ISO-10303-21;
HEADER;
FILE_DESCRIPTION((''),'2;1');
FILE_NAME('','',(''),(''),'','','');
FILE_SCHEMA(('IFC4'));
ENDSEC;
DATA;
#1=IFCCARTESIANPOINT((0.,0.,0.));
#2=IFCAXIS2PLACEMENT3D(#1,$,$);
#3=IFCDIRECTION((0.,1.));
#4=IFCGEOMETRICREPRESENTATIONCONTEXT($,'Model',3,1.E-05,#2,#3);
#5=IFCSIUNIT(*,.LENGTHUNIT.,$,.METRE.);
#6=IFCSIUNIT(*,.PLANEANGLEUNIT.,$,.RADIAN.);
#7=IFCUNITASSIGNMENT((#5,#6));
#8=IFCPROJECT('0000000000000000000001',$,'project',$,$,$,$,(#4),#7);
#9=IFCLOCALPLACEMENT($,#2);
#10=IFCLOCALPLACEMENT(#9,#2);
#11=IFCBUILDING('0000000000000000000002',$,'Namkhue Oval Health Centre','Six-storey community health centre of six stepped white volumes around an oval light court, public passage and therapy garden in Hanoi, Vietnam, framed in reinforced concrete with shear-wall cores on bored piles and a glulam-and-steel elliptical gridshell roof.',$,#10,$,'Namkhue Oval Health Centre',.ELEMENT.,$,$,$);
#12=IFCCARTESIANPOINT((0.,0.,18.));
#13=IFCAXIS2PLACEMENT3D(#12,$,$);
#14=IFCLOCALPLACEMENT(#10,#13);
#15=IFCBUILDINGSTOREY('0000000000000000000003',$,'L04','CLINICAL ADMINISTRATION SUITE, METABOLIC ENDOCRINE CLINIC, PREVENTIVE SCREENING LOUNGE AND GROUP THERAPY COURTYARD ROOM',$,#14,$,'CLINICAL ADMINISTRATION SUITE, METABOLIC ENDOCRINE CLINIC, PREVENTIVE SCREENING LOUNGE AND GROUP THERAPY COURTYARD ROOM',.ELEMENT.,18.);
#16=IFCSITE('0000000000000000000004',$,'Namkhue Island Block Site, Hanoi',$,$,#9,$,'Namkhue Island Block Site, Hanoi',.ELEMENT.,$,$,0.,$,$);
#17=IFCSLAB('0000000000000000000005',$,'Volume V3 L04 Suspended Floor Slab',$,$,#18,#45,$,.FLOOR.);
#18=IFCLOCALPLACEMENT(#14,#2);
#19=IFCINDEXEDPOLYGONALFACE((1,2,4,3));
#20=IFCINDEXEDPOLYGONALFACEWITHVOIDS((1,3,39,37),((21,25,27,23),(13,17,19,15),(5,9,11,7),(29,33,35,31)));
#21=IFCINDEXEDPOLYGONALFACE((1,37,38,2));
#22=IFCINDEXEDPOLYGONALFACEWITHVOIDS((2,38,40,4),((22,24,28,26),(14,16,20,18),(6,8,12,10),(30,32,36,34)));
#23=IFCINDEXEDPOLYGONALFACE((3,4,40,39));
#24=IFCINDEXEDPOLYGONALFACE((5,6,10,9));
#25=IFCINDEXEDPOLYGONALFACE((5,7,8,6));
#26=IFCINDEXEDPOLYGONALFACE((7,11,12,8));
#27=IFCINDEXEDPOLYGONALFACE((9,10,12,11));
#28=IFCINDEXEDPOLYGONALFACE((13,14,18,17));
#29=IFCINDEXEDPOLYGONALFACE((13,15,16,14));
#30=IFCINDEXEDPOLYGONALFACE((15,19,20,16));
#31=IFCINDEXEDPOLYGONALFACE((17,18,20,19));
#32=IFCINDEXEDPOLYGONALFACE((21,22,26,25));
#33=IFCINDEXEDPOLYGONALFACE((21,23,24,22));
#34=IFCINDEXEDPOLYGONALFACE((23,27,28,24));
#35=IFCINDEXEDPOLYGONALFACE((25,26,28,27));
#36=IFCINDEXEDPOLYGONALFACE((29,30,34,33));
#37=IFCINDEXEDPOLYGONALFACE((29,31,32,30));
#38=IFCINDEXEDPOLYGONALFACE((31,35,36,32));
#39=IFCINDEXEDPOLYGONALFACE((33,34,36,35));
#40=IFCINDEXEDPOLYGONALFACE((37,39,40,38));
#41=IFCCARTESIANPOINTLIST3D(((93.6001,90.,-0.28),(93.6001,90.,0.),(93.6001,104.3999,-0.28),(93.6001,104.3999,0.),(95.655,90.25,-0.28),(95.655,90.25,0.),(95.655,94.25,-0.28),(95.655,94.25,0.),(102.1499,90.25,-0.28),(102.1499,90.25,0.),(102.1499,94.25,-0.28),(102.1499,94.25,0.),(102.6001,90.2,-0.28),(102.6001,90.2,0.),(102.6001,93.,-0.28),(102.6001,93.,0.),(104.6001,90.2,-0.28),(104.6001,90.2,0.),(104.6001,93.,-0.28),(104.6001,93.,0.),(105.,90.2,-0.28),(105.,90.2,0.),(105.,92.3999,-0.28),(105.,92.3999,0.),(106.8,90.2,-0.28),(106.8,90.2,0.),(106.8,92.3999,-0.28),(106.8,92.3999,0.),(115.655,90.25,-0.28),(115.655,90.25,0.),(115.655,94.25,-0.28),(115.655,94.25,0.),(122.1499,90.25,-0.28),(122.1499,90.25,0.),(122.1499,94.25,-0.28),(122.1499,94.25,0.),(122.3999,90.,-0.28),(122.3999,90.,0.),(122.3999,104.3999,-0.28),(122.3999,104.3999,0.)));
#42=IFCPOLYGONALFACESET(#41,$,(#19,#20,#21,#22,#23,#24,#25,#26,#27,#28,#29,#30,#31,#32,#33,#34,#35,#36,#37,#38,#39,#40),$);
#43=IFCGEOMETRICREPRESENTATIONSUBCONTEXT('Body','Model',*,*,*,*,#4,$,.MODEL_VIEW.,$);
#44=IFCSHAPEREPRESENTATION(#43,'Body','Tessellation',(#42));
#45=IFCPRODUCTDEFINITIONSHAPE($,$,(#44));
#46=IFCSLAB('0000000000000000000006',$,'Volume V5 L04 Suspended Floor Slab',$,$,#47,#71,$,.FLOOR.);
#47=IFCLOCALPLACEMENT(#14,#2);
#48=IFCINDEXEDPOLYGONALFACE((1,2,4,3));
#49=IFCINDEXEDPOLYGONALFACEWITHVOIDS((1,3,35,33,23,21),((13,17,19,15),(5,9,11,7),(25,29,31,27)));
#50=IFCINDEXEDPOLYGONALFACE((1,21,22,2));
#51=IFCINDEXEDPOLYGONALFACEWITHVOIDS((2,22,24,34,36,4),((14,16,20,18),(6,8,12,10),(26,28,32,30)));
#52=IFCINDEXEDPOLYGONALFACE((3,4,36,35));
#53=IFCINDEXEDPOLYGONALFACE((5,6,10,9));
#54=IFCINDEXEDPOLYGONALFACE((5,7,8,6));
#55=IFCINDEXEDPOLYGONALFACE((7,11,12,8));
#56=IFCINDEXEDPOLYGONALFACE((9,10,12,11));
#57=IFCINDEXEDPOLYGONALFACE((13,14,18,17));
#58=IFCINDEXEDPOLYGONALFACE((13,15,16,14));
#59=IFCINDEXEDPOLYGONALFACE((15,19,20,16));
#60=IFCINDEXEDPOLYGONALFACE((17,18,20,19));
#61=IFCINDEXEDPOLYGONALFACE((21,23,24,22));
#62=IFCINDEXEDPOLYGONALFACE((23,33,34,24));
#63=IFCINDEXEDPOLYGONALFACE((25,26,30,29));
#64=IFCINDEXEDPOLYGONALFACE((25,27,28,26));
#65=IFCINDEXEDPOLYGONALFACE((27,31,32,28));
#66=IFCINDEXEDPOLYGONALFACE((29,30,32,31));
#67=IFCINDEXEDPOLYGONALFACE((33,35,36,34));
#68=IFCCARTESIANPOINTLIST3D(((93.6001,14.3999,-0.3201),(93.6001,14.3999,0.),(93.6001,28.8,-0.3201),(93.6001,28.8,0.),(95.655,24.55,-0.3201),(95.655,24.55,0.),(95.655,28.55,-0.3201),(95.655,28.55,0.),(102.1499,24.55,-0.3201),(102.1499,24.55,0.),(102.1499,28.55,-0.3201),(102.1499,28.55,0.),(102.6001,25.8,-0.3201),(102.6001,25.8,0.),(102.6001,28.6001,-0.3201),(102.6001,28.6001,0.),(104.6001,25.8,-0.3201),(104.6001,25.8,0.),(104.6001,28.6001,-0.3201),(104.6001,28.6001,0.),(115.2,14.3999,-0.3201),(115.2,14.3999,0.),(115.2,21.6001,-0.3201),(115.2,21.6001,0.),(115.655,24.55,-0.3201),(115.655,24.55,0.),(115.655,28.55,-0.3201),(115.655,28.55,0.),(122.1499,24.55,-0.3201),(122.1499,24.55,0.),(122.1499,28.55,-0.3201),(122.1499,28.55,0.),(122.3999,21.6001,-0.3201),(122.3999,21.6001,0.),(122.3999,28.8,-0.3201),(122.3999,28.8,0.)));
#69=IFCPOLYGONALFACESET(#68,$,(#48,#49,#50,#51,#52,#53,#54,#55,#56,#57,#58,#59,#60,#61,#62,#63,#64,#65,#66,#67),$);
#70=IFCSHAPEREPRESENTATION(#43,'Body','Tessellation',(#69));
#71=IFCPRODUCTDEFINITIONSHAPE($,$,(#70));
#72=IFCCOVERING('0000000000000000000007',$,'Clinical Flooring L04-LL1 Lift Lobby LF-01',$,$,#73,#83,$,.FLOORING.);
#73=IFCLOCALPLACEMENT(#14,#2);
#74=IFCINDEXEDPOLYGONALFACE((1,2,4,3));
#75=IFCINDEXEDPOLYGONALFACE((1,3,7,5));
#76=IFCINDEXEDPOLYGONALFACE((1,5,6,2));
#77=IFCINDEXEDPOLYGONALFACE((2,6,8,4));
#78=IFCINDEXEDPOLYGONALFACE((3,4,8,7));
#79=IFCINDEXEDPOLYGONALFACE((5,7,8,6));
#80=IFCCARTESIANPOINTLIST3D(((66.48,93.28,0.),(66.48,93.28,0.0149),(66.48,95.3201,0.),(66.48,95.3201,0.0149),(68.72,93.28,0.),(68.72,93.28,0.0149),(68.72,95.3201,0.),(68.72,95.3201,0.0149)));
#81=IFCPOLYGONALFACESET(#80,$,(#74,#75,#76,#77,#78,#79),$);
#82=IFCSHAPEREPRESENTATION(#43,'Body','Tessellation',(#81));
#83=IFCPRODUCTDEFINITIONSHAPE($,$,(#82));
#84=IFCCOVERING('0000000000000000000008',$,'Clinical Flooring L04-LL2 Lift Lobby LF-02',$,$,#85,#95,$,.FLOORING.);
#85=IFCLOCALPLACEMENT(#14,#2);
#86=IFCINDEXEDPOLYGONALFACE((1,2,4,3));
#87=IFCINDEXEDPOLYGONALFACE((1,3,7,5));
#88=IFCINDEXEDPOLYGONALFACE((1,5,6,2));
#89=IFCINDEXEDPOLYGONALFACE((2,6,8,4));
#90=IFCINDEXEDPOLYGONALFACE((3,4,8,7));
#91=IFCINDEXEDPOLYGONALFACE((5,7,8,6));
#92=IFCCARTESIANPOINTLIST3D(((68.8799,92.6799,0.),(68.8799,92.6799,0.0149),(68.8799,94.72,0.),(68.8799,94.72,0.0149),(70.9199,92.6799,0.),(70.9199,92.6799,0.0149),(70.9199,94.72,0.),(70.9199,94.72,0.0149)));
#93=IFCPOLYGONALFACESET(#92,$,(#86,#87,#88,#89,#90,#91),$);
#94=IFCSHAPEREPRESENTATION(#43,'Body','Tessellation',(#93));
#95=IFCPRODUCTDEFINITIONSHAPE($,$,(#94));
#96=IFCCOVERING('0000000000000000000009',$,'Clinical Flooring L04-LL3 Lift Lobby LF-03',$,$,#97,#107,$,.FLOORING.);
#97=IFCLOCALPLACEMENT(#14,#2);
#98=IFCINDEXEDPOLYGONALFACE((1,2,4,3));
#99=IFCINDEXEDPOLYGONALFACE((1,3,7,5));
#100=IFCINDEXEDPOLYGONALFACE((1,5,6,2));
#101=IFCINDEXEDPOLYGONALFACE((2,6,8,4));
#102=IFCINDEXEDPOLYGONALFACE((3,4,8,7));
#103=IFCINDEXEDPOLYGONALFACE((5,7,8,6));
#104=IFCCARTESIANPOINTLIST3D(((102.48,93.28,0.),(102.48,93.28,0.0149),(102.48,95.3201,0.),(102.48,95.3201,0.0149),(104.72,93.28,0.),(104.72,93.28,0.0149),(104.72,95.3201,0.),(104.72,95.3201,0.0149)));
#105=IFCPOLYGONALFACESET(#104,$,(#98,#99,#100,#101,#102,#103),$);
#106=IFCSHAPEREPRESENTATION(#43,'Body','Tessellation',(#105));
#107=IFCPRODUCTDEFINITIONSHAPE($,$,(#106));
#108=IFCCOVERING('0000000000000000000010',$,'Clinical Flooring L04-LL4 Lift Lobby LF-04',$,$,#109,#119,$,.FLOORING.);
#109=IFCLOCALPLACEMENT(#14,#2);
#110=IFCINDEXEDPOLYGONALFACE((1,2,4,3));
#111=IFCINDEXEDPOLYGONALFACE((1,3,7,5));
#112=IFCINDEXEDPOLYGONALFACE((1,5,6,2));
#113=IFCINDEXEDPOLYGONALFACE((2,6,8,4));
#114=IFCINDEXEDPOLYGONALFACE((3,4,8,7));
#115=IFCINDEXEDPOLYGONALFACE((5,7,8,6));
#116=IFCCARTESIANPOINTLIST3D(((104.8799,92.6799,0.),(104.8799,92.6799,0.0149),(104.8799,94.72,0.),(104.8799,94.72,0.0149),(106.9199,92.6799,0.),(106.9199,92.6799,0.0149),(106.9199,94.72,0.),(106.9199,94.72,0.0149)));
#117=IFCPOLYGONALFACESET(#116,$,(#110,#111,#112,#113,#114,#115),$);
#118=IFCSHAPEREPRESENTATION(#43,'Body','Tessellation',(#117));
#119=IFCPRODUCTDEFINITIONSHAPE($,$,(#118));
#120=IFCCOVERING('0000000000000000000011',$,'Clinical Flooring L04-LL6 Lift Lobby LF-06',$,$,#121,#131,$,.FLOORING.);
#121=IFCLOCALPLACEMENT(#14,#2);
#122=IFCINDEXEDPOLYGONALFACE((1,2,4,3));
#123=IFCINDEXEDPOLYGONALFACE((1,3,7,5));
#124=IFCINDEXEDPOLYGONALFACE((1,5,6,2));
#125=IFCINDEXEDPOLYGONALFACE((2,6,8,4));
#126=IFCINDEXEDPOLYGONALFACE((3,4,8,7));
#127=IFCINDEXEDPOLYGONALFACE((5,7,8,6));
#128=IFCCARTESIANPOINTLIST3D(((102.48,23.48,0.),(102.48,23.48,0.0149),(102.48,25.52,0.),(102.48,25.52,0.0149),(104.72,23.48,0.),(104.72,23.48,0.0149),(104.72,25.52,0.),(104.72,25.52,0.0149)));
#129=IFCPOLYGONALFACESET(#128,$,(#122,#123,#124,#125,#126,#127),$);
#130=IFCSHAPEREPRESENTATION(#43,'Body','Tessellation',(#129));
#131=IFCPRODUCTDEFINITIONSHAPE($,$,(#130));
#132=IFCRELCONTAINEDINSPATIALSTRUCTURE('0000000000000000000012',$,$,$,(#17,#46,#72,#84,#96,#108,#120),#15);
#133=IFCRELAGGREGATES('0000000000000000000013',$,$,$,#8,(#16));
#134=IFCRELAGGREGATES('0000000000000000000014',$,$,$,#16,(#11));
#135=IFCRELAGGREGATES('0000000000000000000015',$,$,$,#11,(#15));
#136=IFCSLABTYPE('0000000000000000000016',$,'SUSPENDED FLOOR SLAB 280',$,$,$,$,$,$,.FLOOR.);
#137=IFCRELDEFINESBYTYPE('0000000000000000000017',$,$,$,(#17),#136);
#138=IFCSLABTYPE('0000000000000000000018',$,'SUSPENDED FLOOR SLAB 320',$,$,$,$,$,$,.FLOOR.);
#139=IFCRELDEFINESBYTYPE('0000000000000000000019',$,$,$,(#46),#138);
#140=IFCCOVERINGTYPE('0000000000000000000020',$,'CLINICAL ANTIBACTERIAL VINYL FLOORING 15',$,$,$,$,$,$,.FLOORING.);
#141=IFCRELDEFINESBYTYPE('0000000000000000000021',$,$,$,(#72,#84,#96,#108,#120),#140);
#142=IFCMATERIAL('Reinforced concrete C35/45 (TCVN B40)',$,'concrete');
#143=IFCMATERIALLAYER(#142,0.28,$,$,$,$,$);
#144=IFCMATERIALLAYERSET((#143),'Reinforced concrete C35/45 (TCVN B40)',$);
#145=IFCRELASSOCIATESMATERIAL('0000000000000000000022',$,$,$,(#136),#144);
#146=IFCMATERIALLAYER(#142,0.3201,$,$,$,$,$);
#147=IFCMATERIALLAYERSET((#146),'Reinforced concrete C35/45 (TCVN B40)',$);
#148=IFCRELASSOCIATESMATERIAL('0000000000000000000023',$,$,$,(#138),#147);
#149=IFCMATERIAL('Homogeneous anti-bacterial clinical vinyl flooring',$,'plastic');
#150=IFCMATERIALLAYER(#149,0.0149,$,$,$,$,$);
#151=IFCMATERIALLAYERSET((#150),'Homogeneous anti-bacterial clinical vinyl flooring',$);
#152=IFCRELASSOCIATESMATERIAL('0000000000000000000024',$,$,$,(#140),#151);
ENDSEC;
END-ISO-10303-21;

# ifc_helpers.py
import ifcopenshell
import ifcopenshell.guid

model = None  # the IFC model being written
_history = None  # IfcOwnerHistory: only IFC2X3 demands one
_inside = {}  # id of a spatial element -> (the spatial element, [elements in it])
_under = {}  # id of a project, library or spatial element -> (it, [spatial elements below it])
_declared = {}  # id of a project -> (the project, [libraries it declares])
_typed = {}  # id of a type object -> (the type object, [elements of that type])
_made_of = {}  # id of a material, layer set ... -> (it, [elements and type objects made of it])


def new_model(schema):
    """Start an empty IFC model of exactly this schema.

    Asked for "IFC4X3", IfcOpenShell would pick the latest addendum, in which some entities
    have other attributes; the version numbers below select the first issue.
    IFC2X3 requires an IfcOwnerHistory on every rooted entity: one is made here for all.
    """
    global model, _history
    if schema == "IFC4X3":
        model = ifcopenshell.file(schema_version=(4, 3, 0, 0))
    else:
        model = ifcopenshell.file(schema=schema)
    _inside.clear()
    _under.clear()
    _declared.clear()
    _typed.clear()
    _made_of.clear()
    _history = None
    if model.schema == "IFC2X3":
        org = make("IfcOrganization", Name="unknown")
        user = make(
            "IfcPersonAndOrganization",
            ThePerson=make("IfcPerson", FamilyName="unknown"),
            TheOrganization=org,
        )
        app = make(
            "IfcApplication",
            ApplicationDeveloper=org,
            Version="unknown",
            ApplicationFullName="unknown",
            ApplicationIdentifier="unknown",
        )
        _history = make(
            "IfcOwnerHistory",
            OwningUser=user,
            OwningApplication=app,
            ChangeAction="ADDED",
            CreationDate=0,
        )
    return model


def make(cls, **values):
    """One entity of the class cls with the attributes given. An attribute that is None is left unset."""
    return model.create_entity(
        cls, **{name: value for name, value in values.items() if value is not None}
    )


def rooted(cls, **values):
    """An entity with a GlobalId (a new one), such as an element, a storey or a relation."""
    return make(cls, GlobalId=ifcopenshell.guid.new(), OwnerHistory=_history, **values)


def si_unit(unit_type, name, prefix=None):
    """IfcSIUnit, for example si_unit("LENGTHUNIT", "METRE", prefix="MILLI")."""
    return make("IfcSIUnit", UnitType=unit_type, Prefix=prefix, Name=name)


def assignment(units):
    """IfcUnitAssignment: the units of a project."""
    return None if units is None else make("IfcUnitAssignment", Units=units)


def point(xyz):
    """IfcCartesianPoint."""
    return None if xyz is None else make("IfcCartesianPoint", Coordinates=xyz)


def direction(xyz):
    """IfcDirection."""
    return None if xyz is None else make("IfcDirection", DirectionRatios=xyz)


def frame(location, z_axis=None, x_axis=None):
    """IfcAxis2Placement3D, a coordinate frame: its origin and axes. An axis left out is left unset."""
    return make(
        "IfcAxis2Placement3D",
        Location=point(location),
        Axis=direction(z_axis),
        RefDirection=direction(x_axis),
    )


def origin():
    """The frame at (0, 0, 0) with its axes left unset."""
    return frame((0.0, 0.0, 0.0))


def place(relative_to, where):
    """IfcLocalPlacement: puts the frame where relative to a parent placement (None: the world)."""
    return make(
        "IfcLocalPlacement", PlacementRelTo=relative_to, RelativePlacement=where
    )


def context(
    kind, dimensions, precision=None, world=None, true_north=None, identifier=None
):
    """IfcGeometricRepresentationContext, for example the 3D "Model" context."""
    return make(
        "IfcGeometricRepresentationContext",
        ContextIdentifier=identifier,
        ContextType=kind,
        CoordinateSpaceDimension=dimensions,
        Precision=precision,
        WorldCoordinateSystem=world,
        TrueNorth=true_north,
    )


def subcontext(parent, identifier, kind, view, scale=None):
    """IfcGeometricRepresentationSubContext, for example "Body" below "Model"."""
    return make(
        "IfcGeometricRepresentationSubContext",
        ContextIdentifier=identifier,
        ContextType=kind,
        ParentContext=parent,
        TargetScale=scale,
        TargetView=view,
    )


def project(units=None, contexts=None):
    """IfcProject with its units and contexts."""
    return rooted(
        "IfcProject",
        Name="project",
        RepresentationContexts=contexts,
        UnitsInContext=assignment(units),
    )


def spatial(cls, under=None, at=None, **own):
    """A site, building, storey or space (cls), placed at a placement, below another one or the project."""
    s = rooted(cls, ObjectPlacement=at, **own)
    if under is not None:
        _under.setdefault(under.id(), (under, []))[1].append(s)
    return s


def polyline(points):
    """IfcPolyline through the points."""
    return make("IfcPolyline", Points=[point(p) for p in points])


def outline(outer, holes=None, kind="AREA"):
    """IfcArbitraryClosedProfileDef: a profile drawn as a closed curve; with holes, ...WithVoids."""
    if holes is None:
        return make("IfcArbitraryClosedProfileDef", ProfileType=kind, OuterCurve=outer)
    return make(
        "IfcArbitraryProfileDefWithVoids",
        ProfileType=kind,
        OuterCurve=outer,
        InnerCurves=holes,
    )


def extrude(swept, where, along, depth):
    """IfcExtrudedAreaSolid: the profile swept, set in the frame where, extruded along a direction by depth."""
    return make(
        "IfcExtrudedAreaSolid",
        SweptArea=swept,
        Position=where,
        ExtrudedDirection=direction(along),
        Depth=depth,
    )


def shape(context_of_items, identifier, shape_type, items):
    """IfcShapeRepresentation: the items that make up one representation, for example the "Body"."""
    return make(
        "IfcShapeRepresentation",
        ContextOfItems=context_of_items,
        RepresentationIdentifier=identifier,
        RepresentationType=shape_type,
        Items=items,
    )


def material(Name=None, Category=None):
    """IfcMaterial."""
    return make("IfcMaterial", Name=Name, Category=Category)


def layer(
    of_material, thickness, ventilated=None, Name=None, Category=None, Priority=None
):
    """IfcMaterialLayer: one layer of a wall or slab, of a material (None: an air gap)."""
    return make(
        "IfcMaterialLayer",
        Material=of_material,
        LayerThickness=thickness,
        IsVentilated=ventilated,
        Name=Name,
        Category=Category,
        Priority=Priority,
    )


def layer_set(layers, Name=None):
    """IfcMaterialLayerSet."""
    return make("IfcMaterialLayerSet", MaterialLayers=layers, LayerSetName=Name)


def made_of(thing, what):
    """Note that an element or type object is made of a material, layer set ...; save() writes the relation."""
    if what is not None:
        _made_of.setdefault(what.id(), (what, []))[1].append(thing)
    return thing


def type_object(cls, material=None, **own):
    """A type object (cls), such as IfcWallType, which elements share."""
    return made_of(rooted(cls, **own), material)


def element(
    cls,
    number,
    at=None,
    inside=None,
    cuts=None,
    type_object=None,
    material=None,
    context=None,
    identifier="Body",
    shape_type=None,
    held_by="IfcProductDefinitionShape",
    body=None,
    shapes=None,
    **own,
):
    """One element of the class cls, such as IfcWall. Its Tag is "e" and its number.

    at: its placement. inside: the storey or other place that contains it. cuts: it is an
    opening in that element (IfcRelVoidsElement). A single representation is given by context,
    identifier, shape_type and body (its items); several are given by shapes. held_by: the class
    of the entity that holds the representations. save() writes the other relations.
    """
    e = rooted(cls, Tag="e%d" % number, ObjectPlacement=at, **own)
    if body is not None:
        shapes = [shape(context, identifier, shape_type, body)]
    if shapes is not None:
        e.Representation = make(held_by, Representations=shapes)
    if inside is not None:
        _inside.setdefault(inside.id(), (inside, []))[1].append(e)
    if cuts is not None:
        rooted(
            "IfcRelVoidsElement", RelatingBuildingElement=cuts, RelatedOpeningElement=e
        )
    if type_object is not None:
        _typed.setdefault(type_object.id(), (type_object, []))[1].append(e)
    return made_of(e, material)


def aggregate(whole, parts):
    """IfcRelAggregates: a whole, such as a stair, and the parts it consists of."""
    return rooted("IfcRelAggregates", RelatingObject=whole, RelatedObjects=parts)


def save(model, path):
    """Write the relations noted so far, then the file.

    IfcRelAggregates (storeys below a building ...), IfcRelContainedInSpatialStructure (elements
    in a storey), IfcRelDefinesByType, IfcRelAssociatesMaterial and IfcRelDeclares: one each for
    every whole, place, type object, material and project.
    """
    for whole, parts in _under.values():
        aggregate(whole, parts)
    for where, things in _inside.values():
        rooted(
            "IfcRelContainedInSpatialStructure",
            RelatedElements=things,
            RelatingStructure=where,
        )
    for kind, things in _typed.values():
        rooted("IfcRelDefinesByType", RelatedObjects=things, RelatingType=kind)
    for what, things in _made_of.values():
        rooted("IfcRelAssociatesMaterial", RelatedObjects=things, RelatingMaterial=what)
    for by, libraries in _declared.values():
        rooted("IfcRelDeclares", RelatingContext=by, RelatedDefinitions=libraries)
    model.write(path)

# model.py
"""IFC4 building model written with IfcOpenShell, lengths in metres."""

from ifc_helpers import new_model, si_unit, direction, frame, origin, place, context, subcontext, project, spatial, polyline, outline, extrude, material, layer, layer_set, type_object, element, save


model = new_model("IFC4")

# Units and contexts
model_context = context("Model", 3, precision=1e-05, world=origin(), true_north=direction((0.0, 1.0)))
body_context = subcontext(model_context, "Body", "Model", "MODEL_VIEW")
ifc_project = project(units=[si_unit("LENGTHUNIT", "METRE"), si_unit("PLANEANGLEUNIT", "RADIAN")], contexts=[model_context])

# Site, building, storey
site_placement = place(None, origin())
site = spatial("IfcSite", under=ifc_project, at=site_placement, Name="Namkhue Island Block Site, Hanoi", LongName="Namkhue Island Block Site, Hanoi", CompositionType="ELEMENT", RefElevation=0.0)
building_placement = place(site_placement, origin())
building = spatial("IfcBuilding", under=site, at=building_placement, Name="Namkhue Oval Health Centre", Description="Six-storey community health centre of six stepped white volumes around an oval light court, public passage and therapy garden in Hanoi, Vietnam, framed in reinforced concrete with shear-wall cores on bored piles and a glulam-and-steel elliptical gridshell roof.", LongName="Namkhue Oval Health Centre", CompositionType="ELEMENT")
storey_placement = place(building_placement, frame((0.0, 0.0, 18.0)))
storey = spatial("IfcBuildingStorey", under=building, at=storey_placement, Name="L04", Description="CLINICAL ADMINISTRATION SUITE, METABOLIC ENDOCRINE CLINIC, PREVENTIVE SCREENING LOUNGE AND GROUP THERAPY COURTYARD ROOM", LongName="CLINICAL ADMINISTRATION SUITE, METABOLIC ENDOCRINE CLINIC, PREVENTIVE SCREENING LOUNGE AND GROUP THERAPY COURTYARD ROOM", CompositionType="ELEMENT", Elevation=18.0)

# Slabs
ifc_material_1 = material(Name="Reinforced concrete C35/45 (TCVN B40)", Category="concrete")
ifc_layer_1 = layer(ifc_material_1, 0.28)
ifc_layer_set_1 = layer_set([ifc_layer_1], Name="Reinforced concrete C35/45 (TCVN B40)")
slab_type_1 = type_object("IfcSlabType", Name="SUSPENDED FLOOR SLAB 280", PredefinedType="FLOOR", material=ifc_layer_set_1)
slab_1_placement = place(storey_placement, frame((0.0, 0.0, -0.28)))
element("IfcSlab", 1, at=slab_1_placement, inside=storey, type_object=slab_type_1, Name="Volume V3 L04 Suspended Floor Slab", PredefinedType="FLOOR", context=body_context, shape_type="SweptSolid", body=[
    extrude(outline(polyline([(93.6001, 90.0), (122.3999, 90.0), (122.3999, 104.3999), (93.6001, 104.3999), (93.6001, 90.0)]), holes=[polyline([(95.655, 90.25), (102.1499, 90.25), (102.1499, 94.25), (95.655, 94.25), (95.655, 90.25)]), polyline([(115.655, 90.25), (122.1499, 90.25), (122.1499, 94.25), (115.655, 94.25), (115.655, 90.25)]), polyline([(102.6001, 90.2), (104.6001, 90.2), (104.6001, 93.0), (102.6001, 93.0), (102.6001, 90.2)]), polyline([(105.0, 90.2), (106.8, 90.2), (106.8, 92.3999), (105.0, 92.3999), (105.0, 90.2)])]), origin(), (0.0, 0.0, 1.0), 0.28),
])
ifc_layer_2 = layer(ifc_material_1, 0.3201)
ifc_layer_set_2 = layer_set([ifc_layer_2], Name="Reinforced concrete C35/45 (TCVN B40)")
slab_type_2 = type_object("IfcSlabType", Name="SUSPENDED FLOOR SLAB 320", PredefinedType="FLOOR", material=ifc_layer_set_2)
slab_2_placement = place(storey_placement, frame((0.0, 0.0, -0.3201)))
element("IfcSlab", 2, at=slab_2_placement, inside=storey, type_object=slab_type_2, Name="Volume V5 L04 Suspended Floor Slab", PredefinedType="FLOOR", context=body_context, shape_type="SweptSolid", body=[
    extrude(outline(polyline([(93.6001, 14.3999), (115.2, 14.3999), (115.2, 21.6001), (122.3999, 21.6001), (122.3999, 28.8), (93.6001, 28.8), (93.6001, 14.3999)]), holes=[polyline([(95.655, 24.55), (102.1499, 24.55), (102.1499, 28.55), (95.655, 28.55), (95.655, 24.55)]), polyline([(115.655, 24.55), (122.1499, 24.55), (122.1499, 28.55), (115.655, 28.55), (115.655, 24.55)]), polyline([(102.6001, 25.8), (104.6001, 25.8), (104.6001, 28.6001), (102.6001, 28.6001), (102.6001, 25.8)])]), origin(), (0.0, 0.0, 1.0), 0.3201),
])

# Coverings
ifc_material_2 = material(Name="Homogeneous anti-bacterial clinical vinyl flooring", Category="plastic")
ifc_layer_3 = layer(ifc_material_2, 0.0149)
ifc_layer_set_3 = layer_set([ifc_layer_3], Name="Homogeneous anti-bacterial clinical vinyl flooring")
covering_type = type_object("IfcCoveringType", Name="CLINICAL ANTIBACTERIAL VINYL FLOORING 15", PredefinedType="FLOORING", material=ifc_layer_set_3)
covering_1_placement = place(storey_placement, origin())
element("IfcCovering", 3, at=covering_1_placement, inside=storey, type_object=covering_type, Name="Clinical Flooring L04-LL1 Lift Lobby LF-01", PredefinedType="FLOORING", context=body_context, shape_type="SweptSolid", body=[
    extrude(outline(polyline([(66.48, 93.28), (66.48, 95.3201), (68.72, 95.3201), (68.72, 93.28), (66.48, 93.28)])), origin(), (0.0, 0.0, 1.0), 0.0149),
])
covering_2_placement = place(storey_placement, origin())
element("IfcCovering", 4, at=covering_2_placement, inside=storey, type_object=covering_type, Name="Clinical Flooring L04-LL2 Lift Lobby LF-02", PredefinedType="FLOORING", context=body_context, shape_type="SweptSolid", body=[
    extrude(outline(polyline([(68.8799, 92.6799), (68.8799, 94.72), (70.9199, 94.72), (70.9199, 92.6799), (68.8799, 92.6799)])), origin(), (0.0, 0.0, 1.0), 0.0149),
])
covering_3_placement = place(storey_placement, origin())
element("IfcCovering", 5, at=covering_3_placement, inside=storey, type_object=covering_type, Name="Clinical Flooring L04-LL3 Lift Lobby LF-03", PredefinedType="FLOORING", context=body_context, shape_type="SweptSolid", body=[
    extrude(outline(polyline([(102.48, 93.28), (102.48, 95.3201), (104.72, 95.3201), (104.72, 93.28), (102.48, 93.28)])), origin(), (0.0, 0.0, 1.0), 0.0149),
])
covering_4_placement = place(storey_placement, origin())
element("IfcCovering", 6, at=covering_4_placement, inside=storey, type_object=covering_type, Name="Clinical Flooring L04-LL4 Lift Lobby LF-04", PredefinedType="FLOORING", context=body_context, shape_type="SweptSolid", body=[
    extrude(outline(polyline([(104.8799, 92.6799), (104.8799, 94.72), (106.9199, 94.72), (106.9199, 92.6799), (104.8799, 92.6799)])), origin(), (0.0, 0.0, 1.0), 0.0149),
])
covering_5_placement = place(storey_placement, origin())
element("IfcCovering", 7, at=covering_5_placement, inside=storey, type_object=covering_type, Name="Clinical Flooring L04-LL6 Lift Lobby LF-06", PredefinedType="FLOORING", context=body_context, shape_type="SweptSolid", body=[
    extrude(outline(polyline([(102.48, 23.48), (102.48, 25.52), (104.72, 25.52), (104.72, 23.48), (102.48, 23.48)])), origin(), (0.0, 0.0, 1.0), 0.0149),
])

save(model, "model.ifc")
